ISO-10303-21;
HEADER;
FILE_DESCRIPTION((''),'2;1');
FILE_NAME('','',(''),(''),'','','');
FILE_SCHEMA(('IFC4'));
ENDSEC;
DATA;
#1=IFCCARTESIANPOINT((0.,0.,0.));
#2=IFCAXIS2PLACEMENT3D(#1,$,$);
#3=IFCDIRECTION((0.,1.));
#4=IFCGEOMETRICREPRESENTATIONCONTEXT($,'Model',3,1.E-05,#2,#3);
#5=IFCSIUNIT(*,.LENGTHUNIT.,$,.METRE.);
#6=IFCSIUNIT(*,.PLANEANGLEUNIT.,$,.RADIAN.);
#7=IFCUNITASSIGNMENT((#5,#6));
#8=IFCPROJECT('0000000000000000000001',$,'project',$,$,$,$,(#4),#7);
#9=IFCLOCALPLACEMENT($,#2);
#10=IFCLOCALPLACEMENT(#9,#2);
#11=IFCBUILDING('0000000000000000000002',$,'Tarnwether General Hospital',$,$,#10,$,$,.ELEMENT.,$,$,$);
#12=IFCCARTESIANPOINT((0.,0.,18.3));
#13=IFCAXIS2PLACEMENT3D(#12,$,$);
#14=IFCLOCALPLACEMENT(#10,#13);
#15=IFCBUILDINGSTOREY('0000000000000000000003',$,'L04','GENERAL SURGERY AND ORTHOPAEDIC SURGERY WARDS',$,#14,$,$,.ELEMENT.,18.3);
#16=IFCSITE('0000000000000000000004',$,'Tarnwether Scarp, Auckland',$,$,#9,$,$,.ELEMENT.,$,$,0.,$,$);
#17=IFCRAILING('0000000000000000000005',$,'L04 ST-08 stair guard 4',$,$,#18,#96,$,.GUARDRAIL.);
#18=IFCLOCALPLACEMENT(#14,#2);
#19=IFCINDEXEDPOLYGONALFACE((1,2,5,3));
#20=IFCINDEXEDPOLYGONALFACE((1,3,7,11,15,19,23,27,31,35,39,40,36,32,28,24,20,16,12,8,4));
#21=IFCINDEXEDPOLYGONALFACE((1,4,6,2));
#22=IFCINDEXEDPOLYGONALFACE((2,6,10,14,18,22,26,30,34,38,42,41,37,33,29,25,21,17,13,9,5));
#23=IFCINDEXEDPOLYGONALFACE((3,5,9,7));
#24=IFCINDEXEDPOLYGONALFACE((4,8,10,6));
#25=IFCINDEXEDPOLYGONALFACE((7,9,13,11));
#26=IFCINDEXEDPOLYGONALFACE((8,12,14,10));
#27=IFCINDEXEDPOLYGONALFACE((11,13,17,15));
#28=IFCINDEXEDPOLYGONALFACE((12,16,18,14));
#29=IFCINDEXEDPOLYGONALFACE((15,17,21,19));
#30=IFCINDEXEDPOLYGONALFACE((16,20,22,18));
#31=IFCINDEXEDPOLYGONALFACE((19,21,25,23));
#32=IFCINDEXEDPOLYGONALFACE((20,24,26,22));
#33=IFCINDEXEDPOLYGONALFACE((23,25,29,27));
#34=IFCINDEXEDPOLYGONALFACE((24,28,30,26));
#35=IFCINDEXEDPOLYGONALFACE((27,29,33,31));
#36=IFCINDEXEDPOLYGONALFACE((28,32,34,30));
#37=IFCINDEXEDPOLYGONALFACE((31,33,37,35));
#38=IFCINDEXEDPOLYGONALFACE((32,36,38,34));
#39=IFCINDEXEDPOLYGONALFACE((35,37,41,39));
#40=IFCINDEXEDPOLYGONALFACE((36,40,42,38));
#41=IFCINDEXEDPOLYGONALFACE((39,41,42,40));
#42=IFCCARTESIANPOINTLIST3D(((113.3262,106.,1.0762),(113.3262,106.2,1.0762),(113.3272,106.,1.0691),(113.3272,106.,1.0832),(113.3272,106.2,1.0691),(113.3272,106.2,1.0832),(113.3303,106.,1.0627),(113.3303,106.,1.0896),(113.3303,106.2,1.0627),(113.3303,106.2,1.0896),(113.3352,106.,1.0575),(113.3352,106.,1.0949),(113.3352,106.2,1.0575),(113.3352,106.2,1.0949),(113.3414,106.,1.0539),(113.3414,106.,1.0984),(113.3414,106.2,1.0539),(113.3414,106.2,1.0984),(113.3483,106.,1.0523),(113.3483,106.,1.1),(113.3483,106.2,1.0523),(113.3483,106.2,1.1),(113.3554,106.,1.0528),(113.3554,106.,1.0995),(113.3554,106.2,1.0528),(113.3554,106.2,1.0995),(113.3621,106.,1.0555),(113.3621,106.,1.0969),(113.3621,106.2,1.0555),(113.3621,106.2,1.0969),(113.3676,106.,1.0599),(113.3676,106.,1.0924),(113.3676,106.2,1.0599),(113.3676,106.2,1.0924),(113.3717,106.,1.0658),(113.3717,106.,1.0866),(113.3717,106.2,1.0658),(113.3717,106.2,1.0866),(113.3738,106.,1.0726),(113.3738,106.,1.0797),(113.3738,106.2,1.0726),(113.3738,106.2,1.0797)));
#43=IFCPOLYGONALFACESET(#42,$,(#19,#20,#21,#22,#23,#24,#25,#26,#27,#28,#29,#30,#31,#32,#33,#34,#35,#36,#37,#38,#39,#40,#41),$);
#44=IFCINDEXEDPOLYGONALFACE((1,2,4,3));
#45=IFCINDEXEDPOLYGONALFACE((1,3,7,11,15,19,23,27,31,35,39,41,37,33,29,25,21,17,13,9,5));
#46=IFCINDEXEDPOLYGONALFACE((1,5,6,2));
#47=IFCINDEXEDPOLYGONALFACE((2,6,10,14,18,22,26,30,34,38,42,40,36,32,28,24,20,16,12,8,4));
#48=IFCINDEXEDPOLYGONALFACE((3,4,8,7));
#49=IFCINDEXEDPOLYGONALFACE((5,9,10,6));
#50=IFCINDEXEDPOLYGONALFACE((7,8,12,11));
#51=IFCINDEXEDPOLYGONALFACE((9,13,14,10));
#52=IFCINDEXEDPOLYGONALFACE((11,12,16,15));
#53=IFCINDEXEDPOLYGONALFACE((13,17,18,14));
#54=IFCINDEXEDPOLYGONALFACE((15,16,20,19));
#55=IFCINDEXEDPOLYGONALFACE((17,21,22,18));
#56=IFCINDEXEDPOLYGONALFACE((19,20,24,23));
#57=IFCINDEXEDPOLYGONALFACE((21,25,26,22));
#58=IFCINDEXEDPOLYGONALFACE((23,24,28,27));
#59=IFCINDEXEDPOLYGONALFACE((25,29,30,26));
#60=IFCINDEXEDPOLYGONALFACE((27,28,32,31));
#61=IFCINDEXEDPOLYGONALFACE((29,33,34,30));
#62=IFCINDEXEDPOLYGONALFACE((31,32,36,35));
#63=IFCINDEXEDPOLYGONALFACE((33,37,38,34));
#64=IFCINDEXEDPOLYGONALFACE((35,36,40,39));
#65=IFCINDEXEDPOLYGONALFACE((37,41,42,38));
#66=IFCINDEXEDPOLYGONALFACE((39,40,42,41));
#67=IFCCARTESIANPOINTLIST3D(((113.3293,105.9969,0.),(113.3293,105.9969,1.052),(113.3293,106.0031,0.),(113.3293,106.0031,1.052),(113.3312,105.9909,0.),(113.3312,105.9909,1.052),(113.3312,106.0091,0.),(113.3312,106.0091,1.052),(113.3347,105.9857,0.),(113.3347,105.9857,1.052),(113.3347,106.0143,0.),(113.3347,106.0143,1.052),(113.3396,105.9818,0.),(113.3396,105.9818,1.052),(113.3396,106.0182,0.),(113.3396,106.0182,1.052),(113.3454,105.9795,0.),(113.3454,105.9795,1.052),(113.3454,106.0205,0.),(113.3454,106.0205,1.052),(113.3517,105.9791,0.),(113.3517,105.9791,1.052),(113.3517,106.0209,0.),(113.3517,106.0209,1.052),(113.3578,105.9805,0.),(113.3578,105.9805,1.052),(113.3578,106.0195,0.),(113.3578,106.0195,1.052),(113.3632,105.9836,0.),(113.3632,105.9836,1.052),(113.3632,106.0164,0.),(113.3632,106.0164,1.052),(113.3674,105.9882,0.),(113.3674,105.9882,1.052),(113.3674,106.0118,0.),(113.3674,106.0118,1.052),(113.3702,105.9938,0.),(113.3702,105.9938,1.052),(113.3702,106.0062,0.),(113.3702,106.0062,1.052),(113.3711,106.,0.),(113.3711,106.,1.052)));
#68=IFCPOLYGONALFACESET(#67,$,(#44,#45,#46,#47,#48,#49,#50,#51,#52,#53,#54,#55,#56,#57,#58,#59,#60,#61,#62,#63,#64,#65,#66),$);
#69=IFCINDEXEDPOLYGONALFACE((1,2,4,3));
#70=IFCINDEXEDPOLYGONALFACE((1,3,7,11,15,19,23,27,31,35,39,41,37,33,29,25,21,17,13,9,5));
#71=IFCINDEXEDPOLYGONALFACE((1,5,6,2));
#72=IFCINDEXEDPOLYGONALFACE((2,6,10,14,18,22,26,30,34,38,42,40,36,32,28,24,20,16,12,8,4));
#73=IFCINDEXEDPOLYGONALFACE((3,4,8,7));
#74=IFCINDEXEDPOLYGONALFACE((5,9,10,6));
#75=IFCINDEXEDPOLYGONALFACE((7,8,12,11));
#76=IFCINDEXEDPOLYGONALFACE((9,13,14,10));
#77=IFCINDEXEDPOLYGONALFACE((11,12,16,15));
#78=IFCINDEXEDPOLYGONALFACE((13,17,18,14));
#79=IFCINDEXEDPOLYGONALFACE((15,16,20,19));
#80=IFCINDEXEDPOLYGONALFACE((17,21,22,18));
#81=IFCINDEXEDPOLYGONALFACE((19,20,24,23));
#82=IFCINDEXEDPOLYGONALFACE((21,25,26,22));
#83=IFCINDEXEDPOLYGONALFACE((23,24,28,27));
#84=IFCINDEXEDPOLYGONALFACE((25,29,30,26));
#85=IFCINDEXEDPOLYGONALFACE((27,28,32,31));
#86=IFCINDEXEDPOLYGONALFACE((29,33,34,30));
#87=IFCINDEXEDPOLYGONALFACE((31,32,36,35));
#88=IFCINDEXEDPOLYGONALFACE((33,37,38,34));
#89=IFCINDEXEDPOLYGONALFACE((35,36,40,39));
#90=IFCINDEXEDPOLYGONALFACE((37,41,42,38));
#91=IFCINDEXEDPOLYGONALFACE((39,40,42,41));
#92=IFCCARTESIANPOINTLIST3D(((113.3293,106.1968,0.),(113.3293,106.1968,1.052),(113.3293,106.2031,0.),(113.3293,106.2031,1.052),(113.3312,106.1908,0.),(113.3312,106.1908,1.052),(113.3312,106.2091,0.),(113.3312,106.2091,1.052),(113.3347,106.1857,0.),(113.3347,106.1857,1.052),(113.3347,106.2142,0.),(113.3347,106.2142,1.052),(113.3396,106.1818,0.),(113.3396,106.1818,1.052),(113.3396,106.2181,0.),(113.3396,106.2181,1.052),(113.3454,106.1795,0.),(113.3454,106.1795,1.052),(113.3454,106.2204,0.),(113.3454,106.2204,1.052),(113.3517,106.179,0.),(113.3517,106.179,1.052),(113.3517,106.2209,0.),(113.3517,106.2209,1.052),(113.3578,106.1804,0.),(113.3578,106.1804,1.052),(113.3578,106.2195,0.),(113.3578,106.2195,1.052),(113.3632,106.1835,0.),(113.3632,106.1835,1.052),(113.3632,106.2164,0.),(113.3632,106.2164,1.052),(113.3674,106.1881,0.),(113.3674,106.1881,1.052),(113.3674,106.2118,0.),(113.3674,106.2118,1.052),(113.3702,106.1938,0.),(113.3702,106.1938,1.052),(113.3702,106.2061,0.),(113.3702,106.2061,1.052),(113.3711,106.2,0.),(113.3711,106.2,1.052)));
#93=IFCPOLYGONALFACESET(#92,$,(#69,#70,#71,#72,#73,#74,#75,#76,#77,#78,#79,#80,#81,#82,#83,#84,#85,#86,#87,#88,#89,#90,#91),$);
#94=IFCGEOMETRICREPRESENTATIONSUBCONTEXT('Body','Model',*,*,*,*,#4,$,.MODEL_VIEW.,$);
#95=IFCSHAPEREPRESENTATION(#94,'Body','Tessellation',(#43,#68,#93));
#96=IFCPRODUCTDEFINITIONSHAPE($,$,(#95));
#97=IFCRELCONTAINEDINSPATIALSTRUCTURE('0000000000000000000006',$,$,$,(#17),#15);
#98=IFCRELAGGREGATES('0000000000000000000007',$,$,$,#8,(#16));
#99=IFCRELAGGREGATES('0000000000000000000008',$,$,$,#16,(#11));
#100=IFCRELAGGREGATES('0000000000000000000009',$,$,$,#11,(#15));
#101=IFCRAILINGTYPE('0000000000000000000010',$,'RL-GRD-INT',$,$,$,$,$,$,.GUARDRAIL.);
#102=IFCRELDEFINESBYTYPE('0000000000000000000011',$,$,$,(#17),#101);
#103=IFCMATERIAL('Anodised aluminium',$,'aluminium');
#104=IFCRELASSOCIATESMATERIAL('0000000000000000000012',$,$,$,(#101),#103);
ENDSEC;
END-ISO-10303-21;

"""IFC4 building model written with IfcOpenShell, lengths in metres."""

from ifc_helpers import new_model, si_unit, direction, frame, origin, origin_2d, place, context, subcontext, project, spatial, circle, extrude, material, type_object, element, save


model = new_model("IFC4")

# Units and contexts
model_context = context("Model", 3, precision=1e-05, world=origin(), true_north=direction((0.0, 1.0)))
body_context = subcontext(model_context, "Body", "Model", "MODEL_VIEW")
ifc_project = project(units=[si_unit("LENGTHUNIT", "METRE"), si_unit("PLANEANGLEUNIT", "RADIAN")], contexts=[model_context])

# Site, building, storey
site_placement = place(None, origin())
site = spatial("IfcSite", under=ifc_project, at=site_placement, Name="Tarnwether Scarp, Auckland", CompositionType="ELEMENT", RefElevation=0.0)
building_placement = place(site_placement, origin())
building = spatial("IfcBuilding", under=site, at=building_placement, Name="Tarnwether General Hospital", CompositionType="ELEMENT")
storey_placement = place(building_placement, frame((0.0, 0.0, 18.3)))
storey = spatial("IfcBuildingStorey", under=building, at=storey_placement, Name="L04", Description="GENERAL SURGERY AND ORTHOPAEDIC SURGERY WARDS", CompositionType="ELEMENT", Elevation=18.3)

# Railing
ifc_material_1 = material(Name="Anodised aluminium", Category="aluminium")
railing_type_1 = type_object("IfcRailingType", Name="RL-GRD-INT", PredefinedType="GUARDRAIL", material=ifc_material_1)
railing_1_placement = place(storey_placement, frame((113.3501, 106.0, 0.0)))
element("IfcRailing", 1, at=railing_1_placement, inside=storey, type_object=railing_type_1, Name="L04 ST-08 stair guard 4", PredefinedType="GUARDRAIL", context=body_context, shape_type="SweptSolid", body=[
    extrude(circle(Radius=0.0239, at=origin_2d()), frame((0.0, 0.0, 1.0762), z_axis=(0.0, 1.0, 0.0), x_axis=(-1.0, 0.0, 0.0)), (0.0, 0.0, 1.0), 0.2),
    extrude(circle(Radius=0.021, at=origin_2d()), origin(), (0.0, 0.0, 1.0), 1.052),
    extrude(circle(Radius=0.021, at=origin_2d()), frame((0.0, 0.2, 0.0)), (0.0, 0.0, 1.0), 1.052),
])

save(model, "model.ifc")
